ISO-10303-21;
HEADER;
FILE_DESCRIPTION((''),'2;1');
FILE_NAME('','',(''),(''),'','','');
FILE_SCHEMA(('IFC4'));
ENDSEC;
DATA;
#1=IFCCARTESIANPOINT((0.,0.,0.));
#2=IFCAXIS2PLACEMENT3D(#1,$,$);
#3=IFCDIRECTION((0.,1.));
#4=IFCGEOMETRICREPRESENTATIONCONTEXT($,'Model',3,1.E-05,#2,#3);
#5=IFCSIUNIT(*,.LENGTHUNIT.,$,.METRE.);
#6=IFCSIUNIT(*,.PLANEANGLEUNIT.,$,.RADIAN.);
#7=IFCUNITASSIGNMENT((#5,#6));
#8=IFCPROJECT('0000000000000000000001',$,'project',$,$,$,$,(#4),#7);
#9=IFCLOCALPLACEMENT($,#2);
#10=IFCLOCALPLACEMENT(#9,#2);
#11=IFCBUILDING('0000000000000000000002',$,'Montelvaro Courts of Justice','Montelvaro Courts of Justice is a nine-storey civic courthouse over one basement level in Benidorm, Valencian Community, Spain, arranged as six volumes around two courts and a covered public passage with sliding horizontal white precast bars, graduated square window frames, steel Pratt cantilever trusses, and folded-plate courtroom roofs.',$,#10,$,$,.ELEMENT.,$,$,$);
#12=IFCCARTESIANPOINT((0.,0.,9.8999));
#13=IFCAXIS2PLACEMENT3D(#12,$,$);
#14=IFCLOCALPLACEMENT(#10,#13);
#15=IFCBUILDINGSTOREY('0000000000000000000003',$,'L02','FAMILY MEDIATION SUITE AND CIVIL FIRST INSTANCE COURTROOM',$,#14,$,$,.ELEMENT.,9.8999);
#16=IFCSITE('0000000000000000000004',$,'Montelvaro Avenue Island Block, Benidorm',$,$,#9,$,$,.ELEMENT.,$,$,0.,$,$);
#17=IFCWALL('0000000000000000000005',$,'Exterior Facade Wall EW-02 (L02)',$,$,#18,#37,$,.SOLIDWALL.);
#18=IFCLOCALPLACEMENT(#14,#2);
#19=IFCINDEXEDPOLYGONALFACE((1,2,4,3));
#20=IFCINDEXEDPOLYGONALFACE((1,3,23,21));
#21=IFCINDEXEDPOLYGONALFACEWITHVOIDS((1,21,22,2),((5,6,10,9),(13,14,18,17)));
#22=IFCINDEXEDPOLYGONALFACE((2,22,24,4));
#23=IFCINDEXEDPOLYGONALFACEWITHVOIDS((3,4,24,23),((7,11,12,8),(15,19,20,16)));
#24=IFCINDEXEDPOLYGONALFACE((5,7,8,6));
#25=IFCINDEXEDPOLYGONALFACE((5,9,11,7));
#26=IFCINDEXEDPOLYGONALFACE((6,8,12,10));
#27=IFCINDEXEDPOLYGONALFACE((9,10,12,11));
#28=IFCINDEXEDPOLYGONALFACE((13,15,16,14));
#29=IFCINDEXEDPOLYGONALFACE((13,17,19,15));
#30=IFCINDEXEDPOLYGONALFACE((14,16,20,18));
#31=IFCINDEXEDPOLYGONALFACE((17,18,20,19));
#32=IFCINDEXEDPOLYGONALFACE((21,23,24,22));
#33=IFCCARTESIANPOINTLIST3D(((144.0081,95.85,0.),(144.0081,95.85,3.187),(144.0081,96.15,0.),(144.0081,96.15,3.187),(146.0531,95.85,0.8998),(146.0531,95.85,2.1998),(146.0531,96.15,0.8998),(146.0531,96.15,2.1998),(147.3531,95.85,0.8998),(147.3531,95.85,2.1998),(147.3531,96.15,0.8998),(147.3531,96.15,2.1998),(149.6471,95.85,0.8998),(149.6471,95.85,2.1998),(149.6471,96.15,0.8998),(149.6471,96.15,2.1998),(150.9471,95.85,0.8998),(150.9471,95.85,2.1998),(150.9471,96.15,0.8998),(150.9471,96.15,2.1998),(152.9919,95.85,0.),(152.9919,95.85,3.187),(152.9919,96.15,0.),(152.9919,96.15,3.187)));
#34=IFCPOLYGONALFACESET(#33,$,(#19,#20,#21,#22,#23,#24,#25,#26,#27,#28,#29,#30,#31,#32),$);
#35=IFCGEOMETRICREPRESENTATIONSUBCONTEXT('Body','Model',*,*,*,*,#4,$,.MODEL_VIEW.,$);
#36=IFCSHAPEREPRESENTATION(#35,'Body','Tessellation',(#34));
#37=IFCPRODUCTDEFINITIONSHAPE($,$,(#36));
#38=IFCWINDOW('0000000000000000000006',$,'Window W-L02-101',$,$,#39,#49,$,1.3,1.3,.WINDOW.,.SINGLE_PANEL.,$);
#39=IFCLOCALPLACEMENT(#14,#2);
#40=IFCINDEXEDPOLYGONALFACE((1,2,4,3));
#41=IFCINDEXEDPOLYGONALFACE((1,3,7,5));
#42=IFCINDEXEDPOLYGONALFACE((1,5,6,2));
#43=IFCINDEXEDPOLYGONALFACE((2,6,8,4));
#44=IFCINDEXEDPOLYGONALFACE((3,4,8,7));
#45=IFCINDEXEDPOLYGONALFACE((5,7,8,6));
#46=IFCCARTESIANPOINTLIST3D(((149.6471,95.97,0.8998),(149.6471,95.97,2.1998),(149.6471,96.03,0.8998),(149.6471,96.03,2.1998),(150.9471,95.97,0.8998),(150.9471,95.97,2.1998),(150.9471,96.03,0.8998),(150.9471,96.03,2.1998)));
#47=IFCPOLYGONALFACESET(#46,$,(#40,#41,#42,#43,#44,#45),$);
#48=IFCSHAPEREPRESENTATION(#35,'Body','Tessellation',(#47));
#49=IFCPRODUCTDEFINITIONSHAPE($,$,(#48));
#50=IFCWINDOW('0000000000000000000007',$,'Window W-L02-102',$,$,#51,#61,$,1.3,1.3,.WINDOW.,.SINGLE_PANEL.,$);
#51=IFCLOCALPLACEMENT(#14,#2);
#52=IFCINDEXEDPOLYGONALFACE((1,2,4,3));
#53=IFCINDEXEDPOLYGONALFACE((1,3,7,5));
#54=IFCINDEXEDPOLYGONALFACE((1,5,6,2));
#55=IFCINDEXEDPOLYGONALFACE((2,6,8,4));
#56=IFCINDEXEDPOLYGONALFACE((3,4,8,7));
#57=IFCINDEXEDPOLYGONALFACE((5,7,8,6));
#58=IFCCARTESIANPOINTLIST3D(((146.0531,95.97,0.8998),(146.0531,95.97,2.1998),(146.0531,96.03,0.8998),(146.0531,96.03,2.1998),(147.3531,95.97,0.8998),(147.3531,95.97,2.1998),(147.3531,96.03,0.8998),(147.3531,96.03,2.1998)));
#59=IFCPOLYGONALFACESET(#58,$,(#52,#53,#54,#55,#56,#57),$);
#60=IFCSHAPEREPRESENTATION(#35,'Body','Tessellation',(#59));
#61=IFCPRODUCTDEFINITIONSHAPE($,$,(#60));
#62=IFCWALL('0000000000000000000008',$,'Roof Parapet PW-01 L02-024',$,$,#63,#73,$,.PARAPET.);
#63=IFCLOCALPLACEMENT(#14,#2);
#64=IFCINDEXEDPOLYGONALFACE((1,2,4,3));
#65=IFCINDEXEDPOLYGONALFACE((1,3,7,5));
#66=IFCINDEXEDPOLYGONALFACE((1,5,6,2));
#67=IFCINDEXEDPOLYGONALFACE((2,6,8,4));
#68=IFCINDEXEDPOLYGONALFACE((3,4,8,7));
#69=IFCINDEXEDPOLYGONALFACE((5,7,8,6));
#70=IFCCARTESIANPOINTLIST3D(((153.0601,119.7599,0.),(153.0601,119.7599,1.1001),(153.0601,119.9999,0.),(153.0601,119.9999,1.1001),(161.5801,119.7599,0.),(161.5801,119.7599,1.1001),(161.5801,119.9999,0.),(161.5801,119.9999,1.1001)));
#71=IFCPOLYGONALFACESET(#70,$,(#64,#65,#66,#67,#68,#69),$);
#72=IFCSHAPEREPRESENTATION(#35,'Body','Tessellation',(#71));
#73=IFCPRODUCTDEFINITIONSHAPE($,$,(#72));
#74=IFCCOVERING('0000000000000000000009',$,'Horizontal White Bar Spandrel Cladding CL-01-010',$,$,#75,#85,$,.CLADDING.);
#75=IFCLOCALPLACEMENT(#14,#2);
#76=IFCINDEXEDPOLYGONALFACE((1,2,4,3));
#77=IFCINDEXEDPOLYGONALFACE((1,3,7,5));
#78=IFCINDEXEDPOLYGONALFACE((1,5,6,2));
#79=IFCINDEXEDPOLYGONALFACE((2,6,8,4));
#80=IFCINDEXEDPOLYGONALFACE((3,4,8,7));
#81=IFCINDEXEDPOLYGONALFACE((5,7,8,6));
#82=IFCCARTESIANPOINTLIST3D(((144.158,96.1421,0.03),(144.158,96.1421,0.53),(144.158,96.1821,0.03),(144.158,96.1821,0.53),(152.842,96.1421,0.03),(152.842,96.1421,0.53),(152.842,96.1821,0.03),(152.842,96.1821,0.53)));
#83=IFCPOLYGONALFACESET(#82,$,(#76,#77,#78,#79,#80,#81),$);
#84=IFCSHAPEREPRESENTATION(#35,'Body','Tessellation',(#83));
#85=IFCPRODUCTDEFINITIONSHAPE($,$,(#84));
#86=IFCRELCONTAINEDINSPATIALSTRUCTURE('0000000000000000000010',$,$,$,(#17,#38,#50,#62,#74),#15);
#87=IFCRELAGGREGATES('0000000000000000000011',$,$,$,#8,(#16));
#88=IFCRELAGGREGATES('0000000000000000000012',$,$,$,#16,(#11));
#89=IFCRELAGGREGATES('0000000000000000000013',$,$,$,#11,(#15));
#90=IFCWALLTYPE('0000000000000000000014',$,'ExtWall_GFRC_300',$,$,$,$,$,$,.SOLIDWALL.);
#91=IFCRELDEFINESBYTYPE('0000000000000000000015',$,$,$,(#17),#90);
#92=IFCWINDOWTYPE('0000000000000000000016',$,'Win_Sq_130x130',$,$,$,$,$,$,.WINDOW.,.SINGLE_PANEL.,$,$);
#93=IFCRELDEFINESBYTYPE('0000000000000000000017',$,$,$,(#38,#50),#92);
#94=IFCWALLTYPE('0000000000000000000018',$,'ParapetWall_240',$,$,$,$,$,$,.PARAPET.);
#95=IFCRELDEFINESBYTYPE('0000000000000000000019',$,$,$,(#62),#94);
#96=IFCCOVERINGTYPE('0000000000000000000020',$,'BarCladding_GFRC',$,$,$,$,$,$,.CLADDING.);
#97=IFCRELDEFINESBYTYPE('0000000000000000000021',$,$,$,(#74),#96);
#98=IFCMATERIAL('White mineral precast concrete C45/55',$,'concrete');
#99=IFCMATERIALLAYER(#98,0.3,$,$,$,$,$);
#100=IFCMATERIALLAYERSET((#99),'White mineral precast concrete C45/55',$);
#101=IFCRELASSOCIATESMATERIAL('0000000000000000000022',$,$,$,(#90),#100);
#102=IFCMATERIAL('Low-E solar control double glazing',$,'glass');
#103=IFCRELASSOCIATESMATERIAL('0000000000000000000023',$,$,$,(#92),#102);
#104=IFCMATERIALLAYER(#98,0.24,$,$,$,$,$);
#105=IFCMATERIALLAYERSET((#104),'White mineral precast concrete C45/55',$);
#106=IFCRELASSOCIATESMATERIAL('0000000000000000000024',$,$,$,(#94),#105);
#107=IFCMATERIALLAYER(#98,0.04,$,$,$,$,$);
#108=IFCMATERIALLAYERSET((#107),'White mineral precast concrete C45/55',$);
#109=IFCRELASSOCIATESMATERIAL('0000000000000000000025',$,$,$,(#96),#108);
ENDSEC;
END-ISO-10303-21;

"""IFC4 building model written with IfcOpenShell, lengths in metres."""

from ifc_helpers import new_model, si_unit, direction, frame, frame_2d, origin, origin_2d, place, context, subcontext, project, spatial, rectangle, extrude, material, layer, layer_set, type_object, element, fill, save


model = new_model("IFC4")

# Units and contexts
model_context = context("Model", 3, precision=1e-05, world=origin(), true_north=direction((0.0, 1.0)))
body_context = subcontext(model_context, "Body", "Model", "MODEL_VIEW")
ifc_project = project(units=[si_unit("LENGTHUNIT", "METRE"), si_unit("PLANEANGLEUNIT", "RADIAN")], contexts=[model_context])

# Site, building, storey
site_placement = place(None, origin())
site = spatial("IfcSite", under=ifc_project, at=site_placement, Name="Montelvaro Avenue Island Block, Benidorm", CompositionType="ELEMENT", RefElevation=0.0)
building_placement = place(site_placement, origin())
building = spatial("IfcBuilding", under=site, at=building_placement, Name="Montelvaro Courts of Justice", Description="Montelvaro Courts of Justice is a nine-storey civic courthouse over one basement level in Benidorm, Valencian Community, Spain, arranged as six volumes around two courts and a covered public passage with sliding horizontal white precast bars, graduated square window frames, steel Pratt cantilever trusses, and folded-plate courtroom roofs.", CompositionType="ELEMENT")
storey_placement = place(building_placement, frame((0.0, 0.0, 9.8999)))
storey = spatial("IfcBuildingStorey", under=building, at=storey_placement, Name="L02", Description="FAMILY MEDIATION SUITE AND CIVIL FIRST INSTANCE COURTROOM", CompositionType="ELEMENT", Elevation=9.8999)

# Shared definitions
ifc_material_1 = material(Name="White mineral precast concrete C45/55", Category="concrete")

# Wall, openings, windows
ifc_layer_1 = layer(ifc_material_1, 0.3)
ifc_layer_set_1 = layer_set([ifc_layer_1], Name="White mineral precast concrete C45/55")
wall_type_1 = type_object("IfcWallType", Name="ExtWall_GFRC_300", PredefinedType="SOLIDWALL", material=ifc_layer_set_1)
wall_1_placement = place(storey_placement, frame((152.9919, 96.0, 0.0), z_axis=(0.0, 0.0, 1.0), x_axis=(-1.0, 0.0, 0.0)))
wall_1 = element("IfcWall", 1, at=wall_1_placement, inside=storey, type_object=wall_type_1, Name="Exterior Facade Wall EW-02 (L02)", PredefinedType="SOLIDWALL", context=body_context, shape_type="SweptSolid", body=[
    extrude(rectangle(XDim=8.9839, YDim=0.3, at=frame_2d((4.4919, 0.0))), origin(), (0.0, 0.0, 1.0), 3.187),
])
opening_1_placement = place(wall_1_placement, frame((2.0449, 0.0, 0.8999)))
opening_1 = element("IfcOpeningElement", 2, at=opening_1_placement, cuts=wall_1, PredefinedType="OPENING", context=body_context, shape_type="SweptSolid", body=[
    extrude(rectangle(XDim=1.3, YDim=1.3, at=frame_2d((0.6499, 0.6499))), frame((0.0, 0.165, 0.0), z_axis=(0.0, -1.0, 0.0), x_axis=(1.0, 0.0, 0.0)), (0.0, 0.0, 1.0), 0.3298),
])
opening_2_placement = place(wall_1_placement, frame((5.6389, 0.0, 0.8999)))
opening_2 = element("IfcOpeningElement", 3, at=opening_2_placement, cuts=wall_1, PredefinedType="OPENING", context=body_context, shape_type="SweptSolid", body=[
    extrude(rectangle(XDim=1.3, YDim=1.3, at=frame_2d((0.6499, 0.6499))), frame((0.0, 0.165, 0.0), z_axis=(0.0, -1.0, 0.0), x_axis=(1.0, 0.0, 0.0)), (0.0, 0.0, 1.0), 0.3298),
])
ifc_material_2 = material(Name="Low-E solar control double glazing", Category="glass")
window_type = type_object("IfcWindowType", Name="Win_Sq_130x130", PartitioningType="SINGLE_PANEL", PredefinedType="WINDOW", material=ifc_material_2)
window_1_placement = place(opening_1_placement, origin())
window_1 = element("IfcWindow", 4, at=window_1_placement, inside=storey, type_object=window_type, Name="Window W-L02-101", OverallHeight=1.3, OverallWidth=1.3, PartitioningType="SINGLE_PANEL", PredefinedType="WINDOW", context=body_context, shape_type="SweptSolid", body=[
    extrude(rectangle(XDim=1.3, YDim=1.3, at=frame_2d((0.6499, 0.6499))), frame((0.0, 0.03, 0.0), z_axis=(0.0, -1.0, 0.0), x_axis=(1.0, 0.0, 0.0)), (0.0, 0.0, 1.0), 0.0601),
])
fill(opening_1, window_1)
window_2_placement = place(opening_2_placement, origin())
window_2 = element("IfcWindow", 5, at=window_2_placement, inside=storey, type_object=window_type, Name="Window W-L02-102", OverallHeight=1.3, OverallWidth=1.3, PartitioningType="SINGLE_PANEL", PredefinedType="WINDOW", context=body_context, shape_type="SweptSolid", body=[
    extrude(rectangle(XDim=1.3, YDim=1.3, at=frame_2d((0.6499, 0.6499))), frame((0.0, 0.03, 0.0), z_axis=(0.0, -1.0, 0.0), x_axis=(1.0, 0.0, 0.0)), (0.0, 0.0, 1.0), 0.0601),
])
fill(opening_2, window_2)

# Wall
ifc_layer_2 = layer(ifc_material_1, 0.24)
ifc_layer_set_2 = layer_set([ifc_layer_2], Name="White mineral precast concrete C45/55")
wall_type_2 = type_object("IfcWallType", Name="ParapetWall_240", PredefinedType="PARAPET", material=ifc_layer_set_2)
wall_2_placement = place(storey_placement, frame((153.0601, 119.8799, 0.0), z_axis=(0.0, 0.0, 1.0), x_axis=(1.0, 0.0, 0.0)))
element("IfcWall", 6, at=wall_2_placement, inside=storey, type_object=wall_type_2, Name="Roof Parapet PW-01 L02-024", PredefinedType="PARAPET", context=body_context, shape_type="SweptSolid", body=[
    extrude(rectangle(XDim=8.52, YDim=0.24, at=frame_2d((4.26, 0.0))), origin(), (0.0, 0.0, 1.0), 1.1001),
])

# Covering
ifc_layer_3 = layer(ifc_material_1, 0.04)
ifc_layer_set_3 = layer_set([ifc_layer_3], Name="White mineral precast concrete C45/55")
covering_type = type_object("IfcCoveringType", Name="BarCladding_GFRC", PredefinedType="CLADDING", material=ifc_layer_set_3)
covering_placement = place(storey_placement, frame((148.5, 96.1621, 0.03), z_axis=(0.0, 0.0, 1.0), x_axis=(-1.0, 0.0, 0.0)))
element("IfcCovering", 7, at=covering_placement, inside=storey, type_object=covering_type, Name="Horizontal White Bar Spandrel Cladding CL-01-010", PredefinedType="CLADDING", context=body_context, shape_type="SweptSolid", body=[
    extrude(rectangle(XDim=8.6841, YDim=0.04, at=origin_2d()), origin(), (0.0, 0.0, 1.0), 0.5),
])

save(model, "model.ifc")
